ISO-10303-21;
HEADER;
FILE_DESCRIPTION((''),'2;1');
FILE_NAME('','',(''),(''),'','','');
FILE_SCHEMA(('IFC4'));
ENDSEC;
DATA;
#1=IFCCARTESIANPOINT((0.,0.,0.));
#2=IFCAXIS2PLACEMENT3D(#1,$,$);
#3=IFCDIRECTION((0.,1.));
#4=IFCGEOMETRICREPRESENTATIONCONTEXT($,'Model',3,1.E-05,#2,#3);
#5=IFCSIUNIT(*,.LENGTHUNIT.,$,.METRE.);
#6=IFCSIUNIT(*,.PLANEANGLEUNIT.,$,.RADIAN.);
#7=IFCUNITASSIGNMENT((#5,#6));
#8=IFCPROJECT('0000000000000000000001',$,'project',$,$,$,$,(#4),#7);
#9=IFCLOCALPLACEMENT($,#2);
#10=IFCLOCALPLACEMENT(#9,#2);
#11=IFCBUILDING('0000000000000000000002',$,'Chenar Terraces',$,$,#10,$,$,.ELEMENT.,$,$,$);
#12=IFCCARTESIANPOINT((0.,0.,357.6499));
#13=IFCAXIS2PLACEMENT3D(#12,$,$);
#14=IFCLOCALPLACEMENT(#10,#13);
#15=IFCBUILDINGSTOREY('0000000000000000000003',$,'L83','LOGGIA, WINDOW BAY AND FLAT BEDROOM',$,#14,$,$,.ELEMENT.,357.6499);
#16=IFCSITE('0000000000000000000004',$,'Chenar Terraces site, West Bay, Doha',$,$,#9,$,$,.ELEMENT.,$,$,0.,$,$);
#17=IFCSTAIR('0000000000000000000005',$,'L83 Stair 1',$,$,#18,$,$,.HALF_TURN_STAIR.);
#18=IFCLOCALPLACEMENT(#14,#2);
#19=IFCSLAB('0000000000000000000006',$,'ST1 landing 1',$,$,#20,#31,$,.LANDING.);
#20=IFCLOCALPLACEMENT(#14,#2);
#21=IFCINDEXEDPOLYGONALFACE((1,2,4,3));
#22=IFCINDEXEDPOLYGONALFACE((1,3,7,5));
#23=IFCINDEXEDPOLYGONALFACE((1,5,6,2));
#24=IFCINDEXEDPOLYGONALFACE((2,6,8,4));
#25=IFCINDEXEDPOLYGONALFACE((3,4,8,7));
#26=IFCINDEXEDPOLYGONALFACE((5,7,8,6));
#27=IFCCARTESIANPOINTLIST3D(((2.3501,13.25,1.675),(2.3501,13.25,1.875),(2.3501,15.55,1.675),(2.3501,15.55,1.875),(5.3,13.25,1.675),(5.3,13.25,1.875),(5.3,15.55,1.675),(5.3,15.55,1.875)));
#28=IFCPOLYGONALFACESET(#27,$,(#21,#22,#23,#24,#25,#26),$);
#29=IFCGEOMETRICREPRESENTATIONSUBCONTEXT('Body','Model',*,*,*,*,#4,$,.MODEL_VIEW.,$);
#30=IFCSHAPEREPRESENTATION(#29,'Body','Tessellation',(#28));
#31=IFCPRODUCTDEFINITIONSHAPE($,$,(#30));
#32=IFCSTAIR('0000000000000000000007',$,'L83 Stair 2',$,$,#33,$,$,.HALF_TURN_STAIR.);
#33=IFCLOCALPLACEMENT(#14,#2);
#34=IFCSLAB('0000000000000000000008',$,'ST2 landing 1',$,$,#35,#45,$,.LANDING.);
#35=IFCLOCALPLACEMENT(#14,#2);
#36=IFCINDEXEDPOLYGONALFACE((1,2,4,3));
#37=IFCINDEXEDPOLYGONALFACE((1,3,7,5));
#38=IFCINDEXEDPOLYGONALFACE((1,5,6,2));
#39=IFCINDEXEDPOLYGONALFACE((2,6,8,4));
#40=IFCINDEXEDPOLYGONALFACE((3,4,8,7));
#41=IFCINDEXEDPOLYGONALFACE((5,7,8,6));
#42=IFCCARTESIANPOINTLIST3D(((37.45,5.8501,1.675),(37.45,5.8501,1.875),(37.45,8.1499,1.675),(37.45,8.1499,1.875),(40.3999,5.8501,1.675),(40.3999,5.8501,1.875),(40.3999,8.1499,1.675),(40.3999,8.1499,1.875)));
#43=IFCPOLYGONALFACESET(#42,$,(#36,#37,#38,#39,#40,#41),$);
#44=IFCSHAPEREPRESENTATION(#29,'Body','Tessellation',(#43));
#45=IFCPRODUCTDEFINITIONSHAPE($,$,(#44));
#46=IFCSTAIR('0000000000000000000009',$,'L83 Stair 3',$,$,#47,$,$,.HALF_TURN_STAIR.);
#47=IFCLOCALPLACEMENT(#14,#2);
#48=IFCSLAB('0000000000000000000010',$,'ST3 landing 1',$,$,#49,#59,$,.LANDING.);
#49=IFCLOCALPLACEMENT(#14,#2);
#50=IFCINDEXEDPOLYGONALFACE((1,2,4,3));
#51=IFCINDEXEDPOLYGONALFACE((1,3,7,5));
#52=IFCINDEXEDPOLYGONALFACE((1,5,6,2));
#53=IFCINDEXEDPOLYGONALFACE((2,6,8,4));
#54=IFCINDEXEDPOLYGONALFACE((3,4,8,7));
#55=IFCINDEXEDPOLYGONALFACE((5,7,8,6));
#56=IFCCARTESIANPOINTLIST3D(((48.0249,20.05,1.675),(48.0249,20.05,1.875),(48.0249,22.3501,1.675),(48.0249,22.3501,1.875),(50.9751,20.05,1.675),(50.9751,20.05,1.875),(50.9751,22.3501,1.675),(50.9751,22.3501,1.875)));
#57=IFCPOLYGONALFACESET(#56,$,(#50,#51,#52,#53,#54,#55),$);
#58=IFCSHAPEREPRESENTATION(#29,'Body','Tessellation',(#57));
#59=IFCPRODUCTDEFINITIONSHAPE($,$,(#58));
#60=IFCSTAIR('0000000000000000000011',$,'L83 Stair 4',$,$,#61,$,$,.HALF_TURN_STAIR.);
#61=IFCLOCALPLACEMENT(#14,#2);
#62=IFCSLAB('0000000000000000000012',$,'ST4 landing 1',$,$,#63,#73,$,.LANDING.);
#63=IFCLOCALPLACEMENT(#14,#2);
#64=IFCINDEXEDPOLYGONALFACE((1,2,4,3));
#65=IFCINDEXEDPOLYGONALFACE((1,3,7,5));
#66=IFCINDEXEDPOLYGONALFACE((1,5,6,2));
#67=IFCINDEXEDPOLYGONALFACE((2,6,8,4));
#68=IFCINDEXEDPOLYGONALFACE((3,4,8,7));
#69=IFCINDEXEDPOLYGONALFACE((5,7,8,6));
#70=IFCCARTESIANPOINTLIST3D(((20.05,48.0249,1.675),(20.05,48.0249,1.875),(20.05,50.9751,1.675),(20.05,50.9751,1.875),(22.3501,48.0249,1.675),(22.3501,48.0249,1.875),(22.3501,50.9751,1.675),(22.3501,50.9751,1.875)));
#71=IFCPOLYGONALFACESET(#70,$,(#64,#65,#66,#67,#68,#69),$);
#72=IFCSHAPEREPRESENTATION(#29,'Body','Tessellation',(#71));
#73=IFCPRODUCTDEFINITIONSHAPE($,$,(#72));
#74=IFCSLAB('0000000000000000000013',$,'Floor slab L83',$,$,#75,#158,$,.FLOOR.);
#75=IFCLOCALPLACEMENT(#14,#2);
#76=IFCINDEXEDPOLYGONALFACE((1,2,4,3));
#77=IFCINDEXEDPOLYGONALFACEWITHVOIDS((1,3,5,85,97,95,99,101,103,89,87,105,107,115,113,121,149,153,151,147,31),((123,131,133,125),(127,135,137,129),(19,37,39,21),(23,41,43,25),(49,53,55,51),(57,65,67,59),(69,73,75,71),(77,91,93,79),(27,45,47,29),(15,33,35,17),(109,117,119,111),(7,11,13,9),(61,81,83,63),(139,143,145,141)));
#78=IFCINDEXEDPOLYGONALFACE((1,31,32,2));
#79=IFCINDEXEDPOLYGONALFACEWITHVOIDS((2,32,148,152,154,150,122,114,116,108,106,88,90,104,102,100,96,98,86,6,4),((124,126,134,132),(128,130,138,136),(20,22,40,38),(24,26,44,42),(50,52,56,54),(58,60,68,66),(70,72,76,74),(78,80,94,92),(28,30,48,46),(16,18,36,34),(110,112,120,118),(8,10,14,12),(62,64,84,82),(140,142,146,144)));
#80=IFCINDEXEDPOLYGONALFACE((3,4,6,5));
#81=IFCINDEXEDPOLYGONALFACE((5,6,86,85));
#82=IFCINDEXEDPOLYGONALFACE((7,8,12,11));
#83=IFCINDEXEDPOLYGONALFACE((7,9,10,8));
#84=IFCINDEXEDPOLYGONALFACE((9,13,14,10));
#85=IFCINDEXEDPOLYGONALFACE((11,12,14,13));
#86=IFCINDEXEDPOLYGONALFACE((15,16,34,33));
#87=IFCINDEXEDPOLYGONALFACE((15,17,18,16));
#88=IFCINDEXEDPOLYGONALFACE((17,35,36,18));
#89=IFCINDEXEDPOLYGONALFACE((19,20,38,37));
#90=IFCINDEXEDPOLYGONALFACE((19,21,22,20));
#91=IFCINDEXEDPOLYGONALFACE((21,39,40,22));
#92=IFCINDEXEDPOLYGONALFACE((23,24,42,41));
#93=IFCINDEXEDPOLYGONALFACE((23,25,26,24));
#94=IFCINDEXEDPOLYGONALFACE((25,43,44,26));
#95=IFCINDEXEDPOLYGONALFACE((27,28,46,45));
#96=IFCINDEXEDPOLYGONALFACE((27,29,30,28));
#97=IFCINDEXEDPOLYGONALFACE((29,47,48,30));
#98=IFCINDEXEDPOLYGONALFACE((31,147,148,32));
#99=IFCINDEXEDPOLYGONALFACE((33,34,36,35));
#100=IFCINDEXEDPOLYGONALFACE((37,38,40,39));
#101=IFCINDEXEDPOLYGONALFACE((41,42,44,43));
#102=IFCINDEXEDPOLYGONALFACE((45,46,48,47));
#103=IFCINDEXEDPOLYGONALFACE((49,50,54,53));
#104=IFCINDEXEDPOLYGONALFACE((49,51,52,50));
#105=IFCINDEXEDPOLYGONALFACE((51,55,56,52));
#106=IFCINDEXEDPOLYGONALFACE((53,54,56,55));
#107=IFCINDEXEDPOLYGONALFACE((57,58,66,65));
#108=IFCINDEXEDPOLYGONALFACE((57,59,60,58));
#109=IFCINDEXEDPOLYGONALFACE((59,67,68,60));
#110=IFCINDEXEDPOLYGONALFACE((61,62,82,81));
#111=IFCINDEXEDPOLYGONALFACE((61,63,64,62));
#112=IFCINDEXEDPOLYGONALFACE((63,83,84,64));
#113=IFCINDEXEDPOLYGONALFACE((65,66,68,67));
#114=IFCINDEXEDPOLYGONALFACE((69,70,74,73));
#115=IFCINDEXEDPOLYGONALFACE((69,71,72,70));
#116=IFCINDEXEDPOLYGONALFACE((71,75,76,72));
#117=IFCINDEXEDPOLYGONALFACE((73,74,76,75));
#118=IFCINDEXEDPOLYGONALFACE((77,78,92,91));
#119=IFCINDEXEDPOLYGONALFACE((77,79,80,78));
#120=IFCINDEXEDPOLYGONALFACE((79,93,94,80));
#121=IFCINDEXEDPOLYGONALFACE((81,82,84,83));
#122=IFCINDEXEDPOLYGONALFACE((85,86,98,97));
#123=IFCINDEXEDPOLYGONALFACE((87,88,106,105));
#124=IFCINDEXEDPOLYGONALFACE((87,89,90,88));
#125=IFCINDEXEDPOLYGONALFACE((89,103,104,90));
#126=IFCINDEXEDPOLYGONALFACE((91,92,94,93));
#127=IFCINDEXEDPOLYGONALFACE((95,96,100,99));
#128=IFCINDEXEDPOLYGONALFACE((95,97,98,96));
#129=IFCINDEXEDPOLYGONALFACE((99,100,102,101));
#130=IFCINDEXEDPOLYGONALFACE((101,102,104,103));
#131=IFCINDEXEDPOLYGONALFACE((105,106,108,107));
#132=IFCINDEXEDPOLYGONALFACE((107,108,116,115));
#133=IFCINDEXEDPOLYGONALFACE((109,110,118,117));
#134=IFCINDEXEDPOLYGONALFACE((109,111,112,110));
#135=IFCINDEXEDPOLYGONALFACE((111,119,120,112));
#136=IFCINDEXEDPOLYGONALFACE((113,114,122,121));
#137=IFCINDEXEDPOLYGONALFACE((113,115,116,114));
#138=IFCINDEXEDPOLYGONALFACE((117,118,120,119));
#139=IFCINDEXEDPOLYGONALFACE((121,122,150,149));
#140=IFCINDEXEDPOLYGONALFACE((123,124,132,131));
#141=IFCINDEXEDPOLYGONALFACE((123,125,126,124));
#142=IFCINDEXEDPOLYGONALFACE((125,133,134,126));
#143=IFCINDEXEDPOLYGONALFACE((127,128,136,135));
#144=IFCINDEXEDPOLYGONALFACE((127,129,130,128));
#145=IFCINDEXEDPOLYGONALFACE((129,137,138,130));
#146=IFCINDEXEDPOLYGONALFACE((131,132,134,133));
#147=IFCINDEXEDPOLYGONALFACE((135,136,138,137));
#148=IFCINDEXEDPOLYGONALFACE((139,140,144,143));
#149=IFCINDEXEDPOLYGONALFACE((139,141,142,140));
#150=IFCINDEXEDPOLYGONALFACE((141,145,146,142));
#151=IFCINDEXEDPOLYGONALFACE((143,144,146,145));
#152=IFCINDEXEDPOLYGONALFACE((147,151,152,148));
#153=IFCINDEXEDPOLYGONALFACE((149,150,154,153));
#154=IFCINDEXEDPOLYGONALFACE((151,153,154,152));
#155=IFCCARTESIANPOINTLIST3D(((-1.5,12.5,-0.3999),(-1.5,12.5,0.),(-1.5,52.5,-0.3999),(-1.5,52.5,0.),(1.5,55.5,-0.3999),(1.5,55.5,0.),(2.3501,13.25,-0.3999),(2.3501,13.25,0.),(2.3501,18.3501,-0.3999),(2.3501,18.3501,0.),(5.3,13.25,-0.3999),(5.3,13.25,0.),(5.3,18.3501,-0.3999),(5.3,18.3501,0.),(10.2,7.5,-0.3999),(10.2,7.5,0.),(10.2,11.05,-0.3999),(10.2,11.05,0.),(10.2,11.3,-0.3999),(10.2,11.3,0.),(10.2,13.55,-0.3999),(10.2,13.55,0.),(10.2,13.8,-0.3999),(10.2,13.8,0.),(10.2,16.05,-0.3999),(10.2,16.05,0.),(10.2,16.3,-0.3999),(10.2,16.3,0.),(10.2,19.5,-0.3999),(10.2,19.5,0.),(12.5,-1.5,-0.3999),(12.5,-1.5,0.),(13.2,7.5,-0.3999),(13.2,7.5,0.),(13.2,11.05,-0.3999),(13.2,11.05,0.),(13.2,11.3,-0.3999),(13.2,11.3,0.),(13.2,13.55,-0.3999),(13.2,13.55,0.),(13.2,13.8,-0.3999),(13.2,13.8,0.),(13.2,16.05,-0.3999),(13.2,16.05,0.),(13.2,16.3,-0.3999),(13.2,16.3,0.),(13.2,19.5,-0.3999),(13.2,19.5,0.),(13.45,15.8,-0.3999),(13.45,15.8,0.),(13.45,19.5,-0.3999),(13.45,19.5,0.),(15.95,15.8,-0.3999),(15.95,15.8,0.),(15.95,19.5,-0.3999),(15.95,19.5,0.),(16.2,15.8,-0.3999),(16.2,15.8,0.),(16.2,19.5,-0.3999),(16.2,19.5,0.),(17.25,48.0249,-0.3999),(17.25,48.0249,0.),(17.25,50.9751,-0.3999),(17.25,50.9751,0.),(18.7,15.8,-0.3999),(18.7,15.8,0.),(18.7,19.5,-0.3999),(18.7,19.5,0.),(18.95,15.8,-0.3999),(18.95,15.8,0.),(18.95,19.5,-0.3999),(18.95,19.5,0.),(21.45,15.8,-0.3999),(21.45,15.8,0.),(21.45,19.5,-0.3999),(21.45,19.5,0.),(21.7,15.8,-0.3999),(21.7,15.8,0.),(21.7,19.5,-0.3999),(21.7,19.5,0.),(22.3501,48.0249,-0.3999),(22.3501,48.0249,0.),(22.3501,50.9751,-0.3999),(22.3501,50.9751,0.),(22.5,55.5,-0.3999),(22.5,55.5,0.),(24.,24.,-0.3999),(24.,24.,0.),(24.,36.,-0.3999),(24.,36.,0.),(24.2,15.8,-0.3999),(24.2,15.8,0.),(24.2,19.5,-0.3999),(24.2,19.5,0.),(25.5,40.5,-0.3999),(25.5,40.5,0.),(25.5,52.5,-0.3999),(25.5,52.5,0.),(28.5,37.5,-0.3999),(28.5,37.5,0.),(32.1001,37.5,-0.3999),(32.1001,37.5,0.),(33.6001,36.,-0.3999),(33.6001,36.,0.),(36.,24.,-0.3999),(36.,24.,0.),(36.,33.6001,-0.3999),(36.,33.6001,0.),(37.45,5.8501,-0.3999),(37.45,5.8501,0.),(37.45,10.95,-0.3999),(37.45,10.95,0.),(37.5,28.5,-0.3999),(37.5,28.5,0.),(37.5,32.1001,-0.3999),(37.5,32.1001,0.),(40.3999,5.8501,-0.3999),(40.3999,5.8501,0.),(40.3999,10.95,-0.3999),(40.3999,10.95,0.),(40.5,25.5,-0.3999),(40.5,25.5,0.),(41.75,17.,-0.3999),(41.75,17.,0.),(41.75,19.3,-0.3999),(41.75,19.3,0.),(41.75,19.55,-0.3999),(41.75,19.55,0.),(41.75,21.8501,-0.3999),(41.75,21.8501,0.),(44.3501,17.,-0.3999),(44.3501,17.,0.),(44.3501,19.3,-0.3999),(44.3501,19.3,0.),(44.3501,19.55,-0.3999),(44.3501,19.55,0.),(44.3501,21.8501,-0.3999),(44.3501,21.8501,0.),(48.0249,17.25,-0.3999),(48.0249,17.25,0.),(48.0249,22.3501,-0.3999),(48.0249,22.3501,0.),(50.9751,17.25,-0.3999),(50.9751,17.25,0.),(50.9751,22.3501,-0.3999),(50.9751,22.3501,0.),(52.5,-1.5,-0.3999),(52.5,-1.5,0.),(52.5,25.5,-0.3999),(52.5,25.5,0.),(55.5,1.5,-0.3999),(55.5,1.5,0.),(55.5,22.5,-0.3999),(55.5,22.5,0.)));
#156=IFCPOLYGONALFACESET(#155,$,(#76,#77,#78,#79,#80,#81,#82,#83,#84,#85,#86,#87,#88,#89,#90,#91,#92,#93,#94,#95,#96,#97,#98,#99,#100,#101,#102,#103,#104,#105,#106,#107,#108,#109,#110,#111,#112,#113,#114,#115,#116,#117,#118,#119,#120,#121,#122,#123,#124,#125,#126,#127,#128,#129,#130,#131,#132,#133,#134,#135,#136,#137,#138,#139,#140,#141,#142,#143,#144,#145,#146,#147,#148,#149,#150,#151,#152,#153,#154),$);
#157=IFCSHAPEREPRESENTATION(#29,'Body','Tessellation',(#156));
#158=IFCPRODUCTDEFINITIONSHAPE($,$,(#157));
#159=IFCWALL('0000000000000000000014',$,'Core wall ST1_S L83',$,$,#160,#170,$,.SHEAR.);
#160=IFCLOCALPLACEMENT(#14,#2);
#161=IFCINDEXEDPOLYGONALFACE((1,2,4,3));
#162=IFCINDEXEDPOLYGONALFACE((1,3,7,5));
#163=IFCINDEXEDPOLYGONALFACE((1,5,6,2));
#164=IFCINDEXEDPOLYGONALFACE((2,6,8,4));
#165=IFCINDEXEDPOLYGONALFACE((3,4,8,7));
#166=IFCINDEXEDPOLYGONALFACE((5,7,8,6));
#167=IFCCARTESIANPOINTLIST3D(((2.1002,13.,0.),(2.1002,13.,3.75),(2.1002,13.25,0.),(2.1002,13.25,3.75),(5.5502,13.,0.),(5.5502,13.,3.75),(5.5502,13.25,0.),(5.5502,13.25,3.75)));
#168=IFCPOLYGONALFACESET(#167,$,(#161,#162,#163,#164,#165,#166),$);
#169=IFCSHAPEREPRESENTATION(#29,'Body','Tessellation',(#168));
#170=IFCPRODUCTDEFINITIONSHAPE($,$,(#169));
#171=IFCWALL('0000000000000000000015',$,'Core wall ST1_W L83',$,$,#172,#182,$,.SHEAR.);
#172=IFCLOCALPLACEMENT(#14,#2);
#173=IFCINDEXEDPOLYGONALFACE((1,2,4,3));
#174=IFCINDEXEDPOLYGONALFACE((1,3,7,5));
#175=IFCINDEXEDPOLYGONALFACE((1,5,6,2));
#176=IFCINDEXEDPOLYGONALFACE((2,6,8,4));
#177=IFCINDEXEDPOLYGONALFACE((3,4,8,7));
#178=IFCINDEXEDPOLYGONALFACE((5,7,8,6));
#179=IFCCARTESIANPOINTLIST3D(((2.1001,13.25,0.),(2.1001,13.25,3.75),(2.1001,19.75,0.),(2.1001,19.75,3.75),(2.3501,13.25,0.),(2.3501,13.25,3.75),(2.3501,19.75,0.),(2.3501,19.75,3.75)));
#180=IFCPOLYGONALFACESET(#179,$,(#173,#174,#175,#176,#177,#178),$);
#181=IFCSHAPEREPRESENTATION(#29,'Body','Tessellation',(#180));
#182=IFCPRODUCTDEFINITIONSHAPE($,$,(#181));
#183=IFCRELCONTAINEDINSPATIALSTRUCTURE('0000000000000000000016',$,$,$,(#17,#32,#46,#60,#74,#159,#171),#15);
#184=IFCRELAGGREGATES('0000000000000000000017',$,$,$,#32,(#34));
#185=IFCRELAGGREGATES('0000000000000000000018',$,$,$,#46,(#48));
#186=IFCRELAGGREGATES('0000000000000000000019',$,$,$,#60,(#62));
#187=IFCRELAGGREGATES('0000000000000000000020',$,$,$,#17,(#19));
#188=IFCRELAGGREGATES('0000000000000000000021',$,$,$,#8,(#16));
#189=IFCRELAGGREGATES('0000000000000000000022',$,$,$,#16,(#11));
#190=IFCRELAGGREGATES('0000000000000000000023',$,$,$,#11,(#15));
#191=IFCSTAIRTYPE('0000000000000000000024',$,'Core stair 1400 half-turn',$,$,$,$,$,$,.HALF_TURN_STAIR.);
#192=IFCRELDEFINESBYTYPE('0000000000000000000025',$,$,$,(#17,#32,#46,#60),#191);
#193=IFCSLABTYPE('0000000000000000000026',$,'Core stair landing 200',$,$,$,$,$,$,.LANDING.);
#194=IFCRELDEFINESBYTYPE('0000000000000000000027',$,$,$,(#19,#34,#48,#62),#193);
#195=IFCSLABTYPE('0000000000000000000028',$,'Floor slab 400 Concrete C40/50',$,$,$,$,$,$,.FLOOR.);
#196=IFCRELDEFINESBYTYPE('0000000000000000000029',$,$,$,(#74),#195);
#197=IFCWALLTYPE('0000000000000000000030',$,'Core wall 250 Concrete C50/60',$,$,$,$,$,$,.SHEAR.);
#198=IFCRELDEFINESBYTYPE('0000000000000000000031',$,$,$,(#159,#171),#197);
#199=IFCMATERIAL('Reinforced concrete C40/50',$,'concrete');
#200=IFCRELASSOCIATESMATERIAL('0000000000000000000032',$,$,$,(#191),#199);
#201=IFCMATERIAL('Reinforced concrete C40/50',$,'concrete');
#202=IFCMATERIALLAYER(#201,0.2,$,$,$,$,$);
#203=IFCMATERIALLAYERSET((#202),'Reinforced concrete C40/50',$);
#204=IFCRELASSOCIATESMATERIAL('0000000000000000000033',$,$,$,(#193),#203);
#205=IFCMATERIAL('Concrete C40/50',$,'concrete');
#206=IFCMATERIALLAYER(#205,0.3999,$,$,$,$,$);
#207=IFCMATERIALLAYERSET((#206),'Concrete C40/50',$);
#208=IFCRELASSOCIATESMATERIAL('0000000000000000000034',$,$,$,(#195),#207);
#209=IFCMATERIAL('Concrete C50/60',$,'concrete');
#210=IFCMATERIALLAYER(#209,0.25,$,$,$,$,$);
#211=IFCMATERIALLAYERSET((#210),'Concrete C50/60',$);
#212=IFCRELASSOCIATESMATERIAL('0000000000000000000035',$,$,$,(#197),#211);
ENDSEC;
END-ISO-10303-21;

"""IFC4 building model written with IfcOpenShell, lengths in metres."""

from ifc_helpers import new_model, si_unit, direction, frame, frame_2d, origin, place, context, subcontext, project, spatial, polyline, rectangle, outline, extrude, material, layer, layer_set, type_object, element, aggregate, save


model = new_model("IFC4")

# Units and contexts
model_context = context("Model", 3, precision=1e-05, world=origin(), true_north=direction((0.0, 1.0)))
body_context = subcontext(model_context, "Body", "Model", "MODEL_VIEW")
ifc_project = project(units=[si_unit("LENGTHUNIT", "METRE"), si_unit("PLANEANGLEUNIT", "RADIAN")], contexts=[model_context])

# Site, building, storey
site_placement = place(None, origin())
site = spatial("IfcSite", under=ifc_project, at=site_placement, Name="Chenar Terraces site, West Bay, Doha", CompositionType="ELEMENT", RefElevation=0.0)
building_placement = place(site_placement, origin())
building = spatial("IfcBuilding", under=site, at=building_placement, Name="Chenar Terraces", CompositionType="ELEMENT")
storey_placement = place(building_placement, frame((0.0, 0.0, 357.6499)))
storey = spatial("IfcBuildingStorey", under=building, at=storey_placement, Name="L83", Description="LOGGIA, WINDOW BAY AND FLAT BEDROOM", CompositionType="ELEMENT", Elevation=357.6499)

# Stairs, slabs
ifc_material_1 = material(Name="Reinforced concrete C40/50", Category="concrete")
stair_type = type_object("IfcStairType", Name="Core stair 1400 half-turn", PredefinedType="HALF_TURN_STAIR", material=ifc_material_1)
placement_1 = place(storey_placement, origin())
stair_1 = element("IfcStair", 1, at=placement_1, inside=storey, type_object=stair_type, Name="L83 Stair 1", PredefinedType="HALF_TURN_STAIR")
ifc_material_2 = material(Name="Reinforced concrete C40/50", Category="concrete")
ifc_layer_1 = layer(ifc_material_2, 0.2)
ifc_layer_set_1 = layer_set([ifc_layer_1], Name="Reinforced concrete C40/50")
slab_type_1 = type_object("IfcSlabType", Name="Core stair landing 200", PredefinedType="LANDING", material=ifc_layer_set_1)
placement_2 = place(storey_placement, frame((0.0, 0.0, 1.675)))
slab_1 = element("IfcSlab", 2, at=placement_2, type_object=slab_type_1, Name="ST1 landing 1", PredefinedType="LANDING", context=body_context, shape_type="SweptSolid", body=[
    extrude(outline(polyline([(2.3501, 15.55), (2.3501, 13.25), (5.3, 13.25), (5.3, 15.55), (2.3501, 15.55)])), origin(), (0.0, 0.0, 1.0), 0.2),
])
stair_2 = element("IfcStair", 3, at=placement_1, inside=storey, type_object=stair_type, Name="L83 Stair 2", PredefinedType="HALF_TURN_STAIR")
slab_2 = element("IfcSlab", 4, at=placement_2, type_object=slab_type_1, Name="ST2 landing 1", PredefinedType="LANDING", context=body_context, shape_type="SweptSolid", body=[
    extrude(outline(polyline([(37.45, 8.1499), (37.45, 5.8501), (40.3999, 5.8501), (40.3999, 8.1499), (37.45, 8.1499)])), origin(), (0.0, 0.0, 1.0), 0.2),
])
aggregate(stair_2, [slab_2])
stair_3 = element("IfcStair", 5, at=placement_1, inside=storey, type_object=stair_type, Name="L83 Stair 3", PredefinedType="HALF_TURN_STAIR")
slab_3 = element("IfcSlab", 6, at=placement_2, type_object=slab_type_1, Name="ST3 landing 1", PredefinedType="LANDING", context=body_context, shape_type="SweptSolid", body=[
    extrude(outline(polyline([(50.9751, 20.05), (50.9751, 22.3501), (48.0249, 22.3501), (48.0249, 20.05), (50.9751, 20.05)])), origin(), (0.0, 0.0, 1.0), 0.2),
])
aggregate(stair_3, [slab_3])
stair_4 = element("IfcStair", 7, at=placement_1, inside=storey, type_object=stair_type, Name="L83 Stair 4", PredefinedType="HALF_TURN_STAIR")
slab_4 = element("IfcSlab", 8, at=placement_2, type_object=slab_type_1, Name="ST4 landing 1", PredefinedType="LANDING", context=body_context, shape_type="SweptSolid", body=[
    extrude(outline(polyline([(20.05, 48.0249), (22.3501, 48.0249), (22.3501, 50.9751), (20.05, 50.9751), (20.05, 48.0249)])), origin(), (0.0, 0.0, 1.0), 0.2),
])
aggregate(stair_4, [slab_4])

# Slab
ifc_material_3 = material(Name="Concrete C40/50", Category="concrete")
ifc_layer_2 = layer(ifc_material_3, 0.3999)
ifc_layer_set_2 = layer_set([ifc_layer_2], Name="Concrete C40/50")
slab_type_2 = type_object("IfcSlabType", Name="Floor slab 400 Concrete C40/50", PredefinedType="FLOOR", material=ifc_layer_set_2)
slab_5_placement = place(storey_placement, frame((0.0, 0.0, -0.3999)))
element("IfcSlab", 9, at=slab_5_placement, inside=storey, type_object=slab_type_2, Name="Floor slab L83", PredefinedType="FLOOR", context=body_context, shape_type="SweptSolid", body=[
    extrude(outline(polyline([(55.5, 22.5), (55.5, 1.5), (52.5, -1.5), (12.5, -1.5), (-1.5, 12.5), (-1.5, 52.5), (1.5, 55.5), (22.5, 55.5), (25.5, 52.5), (25.5, 40.5), (28.5, 37.5), (32.1001, 37.5), (33.6001, 36.0), (24.0, 36.0), (24.0, 24.0), (36.0, 24.0), (36.0, 33.6001), (37.5, 32.1001), (37.5, 28.5), (40.5, 25.5), (52.5, 25.5), (55.5, 22.5)]), holes=[polyline([(10.2, 11.05), (10.2, 7.5), (13.2, 7.5), (13.2, 11.05), (10.2, 11.05)]), polyline([(13.2, 13.55), (10.2, 13.55), (10.2, 11.3), (13.2, 11.3), (13.2, 13.55)]), polyline([(13.2, 16.05), (10.2, 16.05), (10.2, 13.8), (13.2, 13.8), (13.2, 16.05)]), polyline([(2.3501, 13.25), (5.3, 13.25), (5.3, 18.3501), (2.3501, 18.3501), (2.3501, 13.25)]), polyline([(15.95, 19.5), (13.45, 19.5), (13.45, 15.8), (15.95, 15.8), (15.95, 19.5)]), polyline([(18.7, 19.5), (16.2, 19.5), (16.2, 15.8), (18.7, 15.8), (18.7, 19.5)]), polyline([(13.2, 19.5), (10.2, 19.5), (10.2, 16.3), (13.2, 16.3), (13.2, 19.5)]), polyline([(22.3501, 48.0249), (22.3501, 50.9751), (17.25, 50.9751), (17.25, 48.0249), (22.3501, 48.0249)]), polyline([(37.45, 5.8501), (40.3999, 5.8501), (40.3999, 10.95), (37.45, 10.95), (37.45, 5.8501)]), polyline([(21.45, 19.5), (18.95, 19.5), (18.95, 15.8), (21.45, 15.8), (21.45, 19.5)]), polyline([(24.2, 19.5), (21.7, 19.5), (21.7, 15.8), (24.2, 15.8), (24.2, 19.5)]), polyline([(44.3501, 19.3), (41.75, 19.3), (41.75, 17.0), (44.3501, 17.0), (44.3501, 19.3)]), polyline([(50.9751, 22.3501), (48.0249, 22.3501), (48.0249, 17.25), (50.9751, 17.25), (50.9751, 22.3501)]), polyline([(44.3501, 21.8501), (41.75, 21.8501), (41.75, 19.55), (44.3501, 19.55), (44.3501, 21.8501)])]), origin(), (0.0, 0.0, 1.0), 0.3999),
])

# Walls
ifc_material_4 = material(Name="Concrete C50/60", Category="concrete")
ifc_layer_3 = layer(ifc_material_4, 0.25)
ifc_layer_set_3 = layer_set([ifc_layer_3], Name="Concrete C50/60")
wall_type_1 = type_object("IfcWallType", Name="Core wall 250 Concrete C50/60", PredefinedType="SHEAR", material=ifc_layer_set_3)
wall_1_placement = place(storey_placement, frame((2.1001, 13.125, 0.0), z_axis=(0.0, 0.0, 1.0), x_axis=(1.0, 0.0, 0.0)))
element("IfcWall", 10, at=wall_1_placement, inside=storey, type_object=wall_type_1, Name="Core wall ST1_S L83", PredefinedType="SHEAR", context=body_context, shape_type="SweptSolid", body=[
    extrude(rectangle(XDim=3.45, YDim=0.25, at=frame_2d((1.7251, 0.0))), origin(), (0.0, 0.0, 1.0), 3.75),
])
wall_2_placement = place(storey_placement, frame((2.2251, 13.25, 0.0), z_axis=(0.0, 0.0, 1.0), x_axis=(0.0, 1.0, 0.0)))
element("IfcWall", 11, at=wall_2_placement, inside=storey, type_object=wall_type_1, Name="Core wall ST1_W L83", PredefinedType="SHEAR", context=body_context, shape_type="SweptSolid", body=[
    extrude(rectangle(XDim=6.5, YDim=0.25, at=frame_2d((3.25, 0.0))), origin(), (0.0, 0.0, 1.0), 3.75),
])

aggregate(stair_1, [slab_1])

save(model, "model.ifc")
